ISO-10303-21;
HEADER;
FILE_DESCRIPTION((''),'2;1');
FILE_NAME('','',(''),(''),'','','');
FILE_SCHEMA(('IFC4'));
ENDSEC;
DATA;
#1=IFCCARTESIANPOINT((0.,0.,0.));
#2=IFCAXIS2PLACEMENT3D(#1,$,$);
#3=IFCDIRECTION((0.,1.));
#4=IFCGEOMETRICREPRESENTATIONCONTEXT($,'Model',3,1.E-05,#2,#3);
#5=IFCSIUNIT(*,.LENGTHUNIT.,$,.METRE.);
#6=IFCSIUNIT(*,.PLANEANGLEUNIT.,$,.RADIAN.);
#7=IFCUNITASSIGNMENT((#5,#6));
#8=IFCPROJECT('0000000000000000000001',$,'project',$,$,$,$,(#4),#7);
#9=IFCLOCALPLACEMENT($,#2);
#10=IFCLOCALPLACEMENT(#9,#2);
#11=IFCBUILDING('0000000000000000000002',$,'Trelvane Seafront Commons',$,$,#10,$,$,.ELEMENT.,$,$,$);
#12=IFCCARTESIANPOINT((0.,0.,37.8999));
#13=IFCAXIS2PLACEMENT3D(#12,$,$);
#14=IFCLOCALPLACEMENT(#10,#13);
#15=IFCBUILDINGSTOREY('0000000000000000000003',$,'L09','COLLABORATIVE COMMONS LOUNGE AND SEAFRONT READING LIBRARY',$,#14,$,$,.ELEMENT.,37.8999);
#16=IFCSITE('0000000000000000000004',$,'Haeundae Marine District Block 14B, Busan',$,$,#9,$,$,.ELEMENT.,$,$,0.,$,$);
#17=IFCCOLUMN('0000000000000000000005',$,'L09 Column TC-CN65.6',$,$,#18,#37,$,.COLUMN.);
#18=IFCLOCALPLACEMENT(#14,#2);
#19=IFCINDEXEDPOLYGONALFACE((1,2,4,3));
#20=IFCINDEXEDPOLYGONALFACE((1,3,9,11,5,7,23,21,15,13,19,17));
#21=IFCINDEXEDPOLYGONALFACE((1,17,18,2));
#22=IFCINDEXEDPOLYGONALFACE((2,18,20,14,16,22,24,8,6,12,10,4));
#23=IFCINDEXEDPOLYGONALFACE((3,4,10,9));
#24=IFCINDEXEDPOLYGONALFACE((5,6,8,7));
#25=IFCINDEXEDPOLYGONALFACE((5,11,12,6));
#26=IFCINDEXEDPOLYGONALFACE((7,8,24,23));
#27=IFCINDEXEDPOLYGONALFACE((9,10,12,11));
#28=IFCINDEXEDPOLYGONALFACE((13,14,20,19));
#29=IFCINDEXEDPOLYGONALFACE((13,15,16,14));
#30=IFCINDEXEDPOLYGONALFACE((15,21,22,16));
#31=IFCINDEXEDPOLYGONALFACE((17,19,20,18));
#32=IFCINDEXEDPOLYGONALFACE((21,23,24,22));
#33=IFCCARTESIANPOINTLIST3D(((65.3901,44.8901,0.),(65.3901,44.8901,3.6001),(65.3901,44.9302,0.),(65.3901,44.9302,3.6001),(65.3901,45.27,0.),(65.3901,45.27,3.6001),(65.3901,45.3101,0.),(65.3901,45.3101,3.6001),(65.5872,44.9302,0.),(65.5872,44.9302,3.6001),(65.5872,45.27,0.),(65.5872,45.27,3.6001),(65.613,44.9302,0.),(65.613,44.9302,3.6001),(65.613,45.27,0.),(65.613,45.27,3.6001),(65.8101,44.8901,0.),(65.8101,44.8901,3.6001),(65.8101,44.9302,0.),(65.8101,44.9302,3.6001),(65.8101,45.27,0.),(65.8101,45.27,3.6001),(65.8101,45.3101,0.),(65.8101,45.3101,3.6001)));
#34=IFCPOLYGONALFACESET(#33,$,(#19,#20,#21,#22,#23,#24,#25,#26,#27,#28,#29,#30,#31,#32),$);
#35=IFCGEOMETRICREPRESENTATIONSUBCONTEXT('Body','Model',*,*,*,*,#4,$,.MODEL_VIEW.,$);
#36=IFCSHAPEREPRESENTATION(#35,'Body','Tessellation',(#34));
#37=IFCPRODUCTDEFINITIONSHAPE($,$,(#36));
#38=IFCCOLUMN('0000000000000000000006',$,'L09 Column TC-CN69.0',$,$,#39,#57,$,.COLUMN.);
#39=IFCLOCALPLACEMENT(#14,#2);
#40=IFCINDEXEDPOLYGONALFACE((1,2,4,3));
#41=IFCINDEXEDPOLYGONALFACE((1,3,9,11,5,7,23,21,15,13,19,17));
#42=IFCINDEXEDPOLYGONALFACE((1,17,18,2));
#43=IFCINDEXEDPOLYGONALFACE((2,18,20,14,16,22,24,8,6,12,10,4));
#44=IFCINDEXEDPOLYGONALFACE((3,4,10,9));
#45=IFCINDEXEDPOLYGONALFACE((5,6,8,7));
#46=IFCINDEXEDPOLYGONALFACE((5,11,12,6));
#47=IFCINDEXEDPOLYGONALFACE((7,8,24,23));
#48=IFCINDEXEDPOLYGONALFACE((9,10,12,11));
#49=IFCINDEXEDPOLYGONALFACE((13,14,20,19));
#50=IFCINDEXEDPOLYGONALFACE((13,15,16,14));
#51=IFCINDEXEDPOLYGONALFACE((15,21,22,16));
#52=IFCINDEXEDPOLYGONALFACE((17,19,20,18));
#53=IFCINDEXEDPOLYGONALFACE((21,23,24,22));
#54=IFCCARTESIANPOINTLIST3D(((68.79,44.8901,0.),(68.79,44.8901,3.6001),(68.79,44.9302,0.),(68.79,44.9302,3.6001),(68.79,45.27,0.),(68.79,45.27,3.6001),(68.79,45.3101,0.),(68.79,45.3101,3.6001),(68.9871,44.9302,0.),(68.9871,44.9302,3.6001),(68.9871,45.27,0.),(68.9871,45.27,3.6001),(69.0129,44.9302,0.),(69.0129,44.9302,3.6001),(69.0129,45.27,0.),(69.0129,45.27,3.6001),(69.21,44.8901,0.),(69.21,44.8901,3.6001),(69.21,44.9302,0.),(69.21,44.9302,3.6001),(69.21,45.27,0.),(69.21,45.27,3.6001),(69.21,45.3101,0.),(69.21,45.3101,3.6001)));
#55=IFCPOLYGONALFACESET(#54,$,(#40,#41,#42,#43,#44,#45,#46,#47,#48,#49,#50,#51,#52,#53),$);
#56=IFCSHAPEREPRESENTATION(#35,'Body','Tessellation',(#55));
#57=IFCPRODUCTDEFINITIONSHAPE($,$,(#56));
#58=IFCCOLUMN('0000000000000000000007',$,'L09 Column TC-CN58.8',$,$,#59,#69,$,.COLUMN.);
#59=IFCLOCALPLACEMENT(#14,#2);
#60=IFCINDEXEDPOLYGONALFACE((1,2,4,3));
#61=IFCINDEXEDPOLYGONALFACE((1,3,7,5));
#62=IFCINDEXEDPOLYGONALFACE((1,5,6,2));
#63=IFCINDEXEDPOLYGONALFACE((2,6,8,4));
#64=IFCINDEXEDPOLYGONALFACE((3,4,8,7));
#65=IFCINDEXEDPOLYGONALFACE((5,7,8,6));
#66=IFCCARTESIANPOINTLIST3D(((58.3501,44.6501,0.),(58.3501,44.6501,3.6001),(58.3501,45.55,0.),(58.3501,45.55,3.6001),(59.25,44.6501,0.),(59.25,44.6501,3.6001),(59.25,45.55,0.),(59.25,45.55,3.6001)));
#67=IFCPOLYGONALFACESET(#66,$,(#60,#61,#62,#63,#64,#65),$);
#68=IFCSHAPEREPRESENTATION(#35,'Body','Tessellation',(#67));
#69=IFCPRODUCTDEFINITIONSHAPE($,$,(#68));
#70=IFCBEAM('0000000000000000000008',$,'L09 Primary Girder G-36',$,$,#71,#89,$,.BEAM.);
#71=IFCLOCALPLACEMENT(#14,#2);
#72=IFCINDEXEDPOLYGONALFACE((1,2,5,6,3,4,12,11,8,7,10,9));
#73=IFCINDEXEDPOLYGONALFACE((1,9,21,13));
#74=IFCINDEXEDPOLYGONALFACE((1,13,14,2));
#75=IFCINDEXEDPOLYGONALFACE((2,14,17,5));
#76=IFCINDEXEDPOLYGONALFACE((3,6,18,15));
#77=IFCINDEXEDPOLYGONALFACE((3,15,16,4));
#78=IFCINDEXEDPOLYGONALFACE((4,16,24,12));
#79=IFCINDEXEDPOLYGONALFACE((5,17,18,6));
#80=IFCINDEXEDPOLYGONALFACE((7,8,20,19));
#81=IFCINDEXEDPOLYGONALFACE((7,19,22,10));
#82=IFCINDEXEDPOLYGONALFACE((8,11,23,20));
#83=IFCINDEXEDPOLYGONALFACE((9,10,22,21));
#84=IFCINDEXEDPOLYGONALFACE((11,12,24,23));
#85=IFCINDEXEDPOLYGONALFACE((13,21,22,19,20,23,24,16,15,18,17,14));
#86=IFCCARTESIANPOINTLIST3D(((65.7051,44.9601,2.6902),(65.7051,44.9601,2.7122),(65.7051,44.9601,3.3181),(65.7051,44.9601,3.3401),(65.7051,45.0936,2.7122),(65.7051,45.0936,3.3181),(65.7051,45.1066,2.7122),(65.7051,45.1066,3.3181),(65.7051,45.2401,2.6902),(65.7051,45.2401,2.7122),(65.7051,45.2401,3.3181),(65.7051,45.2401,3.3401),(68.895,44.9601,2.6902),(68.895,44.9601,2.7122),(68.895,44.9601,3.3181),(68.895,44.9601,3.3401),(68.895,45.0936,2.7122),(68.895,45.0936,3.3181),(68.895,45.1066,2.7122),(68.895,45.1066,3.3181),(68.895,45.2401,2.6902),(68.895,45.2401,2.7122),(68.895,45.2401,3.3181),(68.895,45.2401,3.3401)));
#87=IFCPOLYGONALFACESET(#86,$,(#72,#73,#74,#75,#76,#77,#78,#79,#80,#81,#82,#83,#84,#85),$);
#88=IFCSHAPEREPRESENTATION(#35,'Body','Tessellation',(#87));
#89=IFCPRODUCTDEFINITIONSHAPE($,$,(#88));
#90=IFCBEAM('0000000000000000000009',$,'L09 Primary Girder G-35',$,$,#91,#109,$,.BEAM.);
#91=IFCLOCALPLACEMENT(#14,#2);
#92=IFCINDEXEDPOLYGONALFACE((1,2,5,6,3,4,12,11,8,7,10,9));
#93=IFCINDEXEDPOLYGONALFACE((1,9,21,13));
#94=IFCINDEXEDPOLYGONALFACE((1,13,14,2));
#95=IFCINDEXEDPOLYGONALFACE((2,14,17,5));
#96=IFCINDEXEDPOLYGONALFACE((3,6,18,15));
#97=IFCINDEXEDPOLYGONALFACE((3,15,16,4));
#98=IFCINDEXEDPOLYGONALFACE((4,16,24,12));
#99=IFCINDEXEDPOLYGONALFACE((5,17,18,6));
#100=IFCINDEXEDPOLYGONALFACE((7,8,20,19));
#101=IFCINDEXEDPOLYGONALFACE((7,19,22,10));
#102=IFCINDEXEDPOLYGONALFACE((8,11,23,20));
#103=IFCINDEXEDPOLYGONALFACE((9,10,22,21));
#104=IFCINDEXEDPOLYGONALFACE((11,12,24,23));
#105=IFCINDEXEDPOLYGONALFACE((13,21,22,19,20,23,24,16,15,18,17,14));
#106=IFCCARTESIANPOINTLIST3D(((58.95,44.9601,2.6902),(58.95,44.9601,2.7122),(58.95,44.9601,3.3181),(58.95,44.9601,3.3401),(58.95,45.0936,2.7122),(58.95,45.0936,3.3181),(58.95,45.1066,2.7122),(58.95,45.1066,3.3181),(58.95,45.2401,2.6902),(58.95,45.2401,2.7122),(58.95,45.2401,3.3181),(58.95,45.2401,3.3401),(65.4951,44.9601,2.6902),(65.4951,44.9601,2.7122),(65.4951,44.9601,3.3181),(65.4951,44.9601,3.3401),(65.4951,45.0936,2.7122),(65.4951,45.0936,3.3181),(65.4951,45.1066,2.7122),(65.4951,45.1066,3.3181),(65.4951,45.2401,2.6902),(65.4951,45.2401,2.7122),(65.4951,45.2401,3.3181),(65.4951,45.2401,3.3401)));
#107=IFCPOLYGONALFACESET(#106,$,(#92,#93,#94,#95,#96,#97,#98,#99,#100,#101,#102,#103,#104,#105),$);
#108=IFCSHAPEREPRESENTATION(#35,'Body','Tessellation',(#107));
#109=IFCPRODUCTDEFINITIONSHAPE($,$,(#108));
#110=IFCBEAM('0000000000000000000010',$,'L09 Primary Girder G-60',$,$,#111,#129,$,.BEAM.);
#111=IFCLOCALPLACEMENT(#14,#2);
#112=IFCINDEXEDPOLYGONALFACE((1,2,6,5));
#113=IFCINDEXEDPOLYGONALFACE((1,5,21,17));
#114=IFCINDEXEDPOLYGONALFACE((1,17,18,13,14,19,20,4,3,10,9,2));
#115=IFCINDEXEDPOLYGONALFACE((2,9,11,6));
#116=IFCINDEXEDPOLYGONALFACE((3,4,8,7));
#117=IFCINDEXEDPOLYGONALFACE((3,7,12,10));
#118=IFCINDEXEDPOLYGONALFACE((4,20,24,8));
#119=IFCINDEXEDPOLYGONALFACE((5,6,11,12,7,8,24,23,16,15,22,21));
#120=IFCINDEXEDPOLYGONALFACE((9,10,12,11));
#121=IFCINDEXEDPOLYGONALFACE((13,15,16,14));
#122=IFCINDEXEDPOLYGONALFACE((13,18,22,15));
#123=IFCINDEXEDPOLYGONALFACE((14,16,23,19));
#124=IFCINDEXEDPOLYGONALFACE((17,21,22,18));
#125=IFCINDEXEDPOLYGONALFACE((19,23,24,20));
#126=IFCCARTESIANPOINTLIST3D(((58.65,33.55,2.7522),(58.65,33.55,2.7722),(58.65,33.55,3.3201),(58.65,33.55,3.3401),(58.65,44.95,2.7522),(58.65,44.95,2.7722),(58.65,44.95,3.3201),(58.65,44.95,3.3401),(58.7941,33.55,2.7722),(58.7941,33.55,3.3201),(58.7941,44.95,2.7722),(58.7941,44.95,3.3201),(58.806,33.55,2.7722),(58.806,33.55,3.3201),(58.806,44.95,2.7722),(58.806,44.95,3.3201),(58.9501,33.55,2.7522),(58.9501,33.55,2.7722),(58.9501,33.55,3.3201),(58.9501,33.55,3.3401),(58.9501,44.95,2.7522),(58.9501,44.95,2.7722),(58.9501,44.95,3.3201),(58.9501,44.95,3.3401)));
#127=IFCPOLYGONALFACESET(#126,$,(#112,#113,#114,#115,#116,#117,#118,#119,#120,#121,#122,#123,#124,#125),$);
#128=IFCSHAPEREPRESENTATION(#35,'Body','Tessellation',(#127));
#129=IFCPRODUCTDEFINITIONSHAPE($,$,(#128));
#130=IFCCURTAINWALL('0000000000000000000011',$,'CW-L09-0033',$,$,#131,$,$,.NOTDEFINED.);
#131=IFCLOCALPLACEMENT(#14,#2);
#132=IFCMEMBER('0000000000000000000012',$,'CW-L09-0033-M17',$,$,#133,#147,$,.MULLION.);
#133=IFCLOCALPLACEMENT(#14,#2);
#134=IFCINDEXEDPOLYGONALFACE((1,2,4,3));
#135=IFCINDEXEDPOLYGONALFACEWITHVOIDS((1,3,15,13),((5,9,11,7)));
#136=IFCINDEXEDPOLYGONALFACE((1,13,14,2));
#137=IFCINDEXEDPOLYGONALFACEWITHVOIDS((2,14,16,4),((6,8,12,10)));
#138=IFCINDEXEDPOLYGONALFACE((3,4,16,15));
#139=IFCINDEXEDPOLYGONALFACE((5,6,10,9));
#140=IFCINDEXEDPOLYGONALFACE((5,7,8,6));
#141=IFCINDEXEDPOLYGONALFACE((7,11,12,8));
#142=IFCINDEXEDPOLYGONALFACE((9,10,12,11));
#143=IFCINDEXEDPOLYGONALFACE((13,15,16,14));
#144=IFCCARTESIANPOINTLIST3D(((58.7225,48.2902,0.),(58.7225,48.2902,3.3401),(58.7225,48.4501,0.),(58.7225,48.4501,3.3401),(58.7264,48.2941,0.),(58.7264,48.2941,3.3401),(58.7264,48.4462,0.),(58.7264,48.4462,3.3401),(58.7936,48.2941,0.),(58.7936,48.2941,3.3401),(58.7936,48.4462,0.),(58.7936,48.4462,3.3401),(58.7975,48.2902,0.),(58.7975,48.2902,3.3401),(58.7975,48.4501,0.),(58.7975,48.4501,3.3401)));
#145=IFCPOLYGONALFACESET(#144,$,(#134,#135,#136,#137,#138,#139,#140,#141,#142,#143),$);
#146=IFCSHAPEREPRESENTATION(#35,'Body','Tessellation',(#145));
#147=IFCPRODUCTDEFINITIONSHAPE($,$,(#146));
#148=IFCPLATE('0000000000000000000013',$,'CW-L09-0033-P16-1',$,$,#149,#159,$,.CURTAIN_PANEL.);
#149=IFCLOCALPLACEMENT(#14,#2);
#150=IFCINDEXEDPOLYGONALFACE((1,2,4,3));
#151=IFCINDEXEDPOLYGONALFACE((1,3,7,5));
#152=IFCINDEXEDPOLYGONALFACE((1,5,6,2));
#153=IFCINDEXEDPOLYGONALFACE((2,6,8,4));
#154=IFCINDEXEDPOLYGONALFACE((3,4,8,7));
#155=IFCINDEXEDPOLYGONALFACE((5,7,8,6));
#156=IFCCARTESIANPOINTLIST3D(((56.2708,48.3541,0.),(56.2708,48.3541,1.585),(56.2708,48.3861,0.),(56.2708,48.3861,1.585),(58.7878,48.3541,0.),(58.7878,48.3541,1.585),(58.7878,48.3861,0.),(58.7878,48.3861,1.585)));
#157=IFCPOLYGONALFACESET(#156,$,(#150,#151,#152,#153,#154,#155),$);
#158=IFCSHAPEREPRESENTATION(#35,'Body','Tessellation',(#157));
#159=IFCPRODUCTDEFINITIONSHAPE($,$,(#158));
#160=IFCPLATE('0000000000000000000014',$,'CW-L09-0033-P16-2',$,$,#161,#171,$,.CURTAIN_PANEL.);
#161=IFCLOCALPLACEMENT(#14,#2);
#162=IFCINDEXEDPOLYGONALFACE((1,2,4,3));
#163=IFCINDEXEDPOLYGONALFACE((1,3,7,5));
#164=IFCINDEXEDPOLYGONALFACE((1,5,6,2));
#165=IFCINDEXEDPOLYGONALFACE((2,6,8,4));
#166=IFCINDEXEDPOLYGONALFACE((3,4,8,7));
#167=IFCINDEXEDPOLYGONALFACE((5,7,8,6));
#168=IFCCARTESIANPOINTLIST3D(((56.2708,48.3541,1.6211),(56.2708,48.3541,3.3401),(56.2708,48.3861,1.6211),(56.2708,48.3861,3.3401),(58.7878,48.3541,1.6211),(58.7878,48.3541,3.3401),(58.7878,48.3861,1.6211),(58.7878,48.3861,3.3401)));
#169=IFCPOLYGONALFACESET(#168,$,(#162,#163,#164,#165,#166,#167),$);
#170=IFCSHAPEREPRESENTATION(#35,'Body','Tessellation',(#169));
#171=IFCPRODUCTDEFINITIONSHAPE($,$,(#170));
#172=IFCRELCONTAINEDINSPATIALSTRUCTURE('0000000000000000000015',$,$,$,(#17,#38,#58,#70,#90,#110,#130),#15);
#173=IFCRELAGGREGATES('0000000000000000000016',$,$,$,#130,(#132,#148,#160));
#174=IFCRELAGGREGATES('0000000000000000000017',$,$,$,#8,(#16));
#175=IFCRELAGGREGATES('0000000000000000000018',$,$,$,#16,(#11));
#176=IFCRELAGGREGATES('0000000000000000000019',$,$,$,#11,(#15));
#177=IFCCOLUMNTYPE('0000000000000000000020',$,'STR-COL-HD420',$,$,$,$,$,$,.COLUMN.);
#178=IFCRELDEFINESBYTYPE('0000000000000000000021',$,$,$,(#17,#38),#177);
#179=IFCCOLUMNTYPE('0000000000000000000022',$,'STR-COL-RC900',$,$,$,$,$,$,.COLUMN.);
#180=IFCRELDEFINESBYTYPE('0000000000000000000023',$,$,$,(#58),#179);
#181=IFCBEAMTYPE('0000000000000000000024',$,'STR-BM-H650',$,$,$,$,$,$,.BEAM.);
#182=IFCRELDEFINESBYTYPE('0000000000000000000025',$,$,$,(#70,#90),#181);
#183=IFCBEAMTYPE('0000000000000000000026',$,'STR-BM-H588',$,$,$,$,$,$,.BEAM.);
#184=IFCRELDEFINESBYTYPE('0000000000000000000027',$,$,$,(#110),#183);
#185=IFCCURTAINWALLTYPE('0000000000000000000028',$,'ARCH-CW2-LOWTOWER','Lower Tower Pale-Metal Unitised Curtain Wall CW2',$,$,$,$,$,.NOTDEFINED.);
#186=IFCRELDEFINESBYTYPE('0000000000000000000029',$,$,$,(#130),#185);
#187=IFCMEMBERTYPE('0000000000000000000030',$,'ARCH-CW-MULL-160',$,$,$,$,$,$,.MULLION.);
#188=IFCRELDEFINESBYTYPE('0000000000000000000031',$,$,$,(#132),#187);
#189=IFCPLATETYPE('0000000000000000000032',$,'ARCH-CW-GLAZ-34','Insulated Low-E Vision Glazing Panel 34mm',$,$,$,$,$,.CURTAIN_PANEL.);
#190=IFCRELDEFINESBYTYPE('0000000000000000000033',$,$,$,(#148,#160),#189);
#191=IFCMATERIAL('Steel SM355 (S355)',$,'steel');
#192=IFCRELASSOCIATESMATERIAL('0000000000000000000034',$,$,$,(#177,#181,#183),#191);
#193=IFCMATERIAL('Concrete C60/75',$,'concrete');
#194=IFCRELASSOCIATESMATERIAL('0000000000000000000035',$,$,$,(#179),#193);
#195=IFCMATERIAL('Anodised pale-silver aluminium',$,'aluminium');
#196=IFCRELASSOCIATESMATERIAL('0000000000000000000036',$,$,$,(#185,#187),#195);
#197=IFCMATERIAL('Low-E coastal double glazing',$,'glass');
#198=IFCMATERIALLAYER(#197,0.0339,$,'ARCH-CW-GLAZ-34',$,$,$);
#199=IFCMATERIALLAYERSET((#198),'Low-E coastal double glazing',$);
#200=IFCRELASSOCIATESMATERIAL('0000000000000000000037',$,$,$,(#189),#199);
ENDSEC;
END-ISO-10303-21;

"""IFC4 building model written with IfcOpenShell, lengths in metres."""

from ifc_helpers import new_model, si_unit, direction, frame, origin, origin_2d, place, context, subcontext, project, spatial, rectangle, hollow_rectangle, i_section, extrude, source, transform, mapped, material, layer, layer_set, material_profile, profile_set, type_object, element, aggregate, save


model = new_model("IFC4")

# Units and contexts
model_context = context("Model", 3, precision=1e-05, world=origin(), true_north=direction((0.0, 1.0)))
body_context = subcontext(model_context, "Body", "Model", "MODEL_VIEW")
ifc_project = project(units=[si_unit("LENGTHUNIT", "METRE"), si_unit("PLANEANGLEUNIT", "RADIAN")], contexts=[model_context])

# Site, building, storey
site_placement = place(None, origin())
site = spatial("IfcSite", under=ifc_project, at=site_placement, Name="Haeundae Marine District Block 14B, Busan", CompositionType="ELEMENT", RefElevation=0.0)
building_placement = place(site_placement, origin())
building = spatial("IfcBuilding", under=site, at=building_placement, Name="Trelvane Seafront Commons", CompositionType="ELEMENT")
storey_placement = place(building_placement, frame((0.0, 0.0, 37.8999)))
storey = spatial("IfcBuildingStorey", under=building, at=storey_placement, Name="L09", Description="COLLABORATIVE COMMONS LOUNGE AND SEAFRONT READING LIBRARY", CompositionType="ELEMENT", Elevation=37.8999)

# Columns
ifc_material_1 = material(Name="Steel SM355 (S355)", Category="steel")
ifc_material_profile_1 = material_profile(ifc_material_1, i_section(OverallWidth=0.4199, OverallDepth=0.4199, WebThickness=0.0259, FlangeThickness=0.04, at=origin_2d()), Name="HD-420x420x26x40")
ifc_profile_set_1 = profile_set([ifc_material_profile_1], Name="Steel SM355 (S355)")
column_type_1 = type_object("IfcColumnType", Name="STR-COL-HD420", PredefinedType="COLUMN", material=ifc_profile_set_1)
shared_shape_1 = source(origin(), body_context, "Body", "SweptSolid", [
    extrude(i_section(OverallWidth=0.4199, OverallDepth=0.4199, WebThickness=0.0259, FlangeThickness=0.04, at=origin_2d()), origin(), (0.0, 0.0, 1.0), 3.6001),
])
for number, where, z_axis, x_axis, name in (
    (1, (65.6001, 45.1001, 0.0), (0.0, 0.0, 1.0), (1.0, 0.0, 0.0), "L09 Column TC-CN65.6"),
    (2, (69.0, 45.1001, 0.0), (0.0, 0.0, 1.0), (1.0, 0.0, 0.0), "L09 Column TC-CN69.0"),
):
    element("IfcColumn", number, at=place(storey_placement, frame(where, z_axis=z_axis, x_axis=x_axis)), inside=storey, type_object=column_type_1, Name=name, PredefinedType="COLUMN", context=body_context, shape_type="MappedRepresentation", body=[
        mapped(shared_shape_1, transform((0.0, 0.0, 0.0), x_axis=(1.0, 0.0, 0.0), y_axis=(0.0, 1.0, 0.0), z_axis=(0.0, 0.0, 1.0), scale=1.0)),
    ])
ifc_material_2 = material(Name="Concrete C60/75", Category="concrete")
ifc_material_profile_2 = material_profile(ifc_material_2, rectangle(XDim=0.8999, YDim=0.8999, at=origin_2d()), Name="RC-900x900")
ifc_profile_set_2 = profile_set([ifc_material_profile_2], Name="Concrete C60/75")
column_type_2 = type_object("IfcColumnType", Name="STR-COL-RC900", PredefinedType="COLUMN", material=ifc_profile_set_2)
shared_shape_2 = source(origin(), body_context, "Body", "SweptSolid", [
    extrude(rectangle(XDim=0.8999, YDim=0.8999, at=origin_2d()), origin(), (0.0, 0.0, 1.0), 3.6001),
])
column_placement = place(storey_placement, frame((58.8, 45.1001, 0.0), z_axis=(0.0, 0.0, 1.0), x_axis=(1.0, 0.0, 0.0)))
element("IfcColumn", 3, at=column_placement, inside=storey, type_object=column_type_2, Name="L09 Column TC-CN58.8", PredefinedType="COLUMN", context=body_context, shape_type="MappedRepresentation", body=[
    mapped(shared_shape_2, transform((0.0, 0.0, 0.0), x_axis=(1.0, 0.0, 0.0), y_axis=(0.0, 1.0, 0.0), z_axis=(0.0, 0.0, 1.0), scale=1.0)),
])

# Beams
ifc_material_profile_3 = material_profile(ifc_material_1, i_section(OverallWidth=0.28, OverallDepth=0.6499, WebThickness=0.0129, FlangeThickness=0.022, at=origin_2d()), Name="H-650x280x13x22")
ifc_profile_set_3 = profile_set([ifc_material_profile_3], Name="Steel SM355 (S355)")
beam_type_1 = type_object("IfcBeamType", Name="STR-BM-H650", PredefinedType="BEAM", material=ifc_profile_set_3)
shared_shape_3 = source(origin(), body_context, "Body", "SweptSolid", [
    extrude(i_section(OverallWidth=0.28, OverallDepth=0.6499, WebThickness=0.0129, FlangeThickness=0.022, at=origin_2d()), origin(), (0.0, 0.0, 1.0), 3.1899),
])
beam_1_placement = place(storey_placement, frame((65.7051, 45.1001, 3.0151), z_axis=(1.0, 0.0, 0.0), x_axis=(0.0, 1.0, 0.0)))
element("IfcBeam", 4, at=beam_1_placement, inside=storey, type_object=beam_type_1, Name="L09 Primary Girder G-36", PredefinedType="BEAM", context=body_context, shape_type="MappedRepresentation", body=[
    mapped(shared_shape_3, transform((0.0, 0.0, 0.0), x_axis=(1.0, 0.0, 0.0), y_axis=(0.0, 1.0, 0.0), z_axis=(0.0, 0.0, 1.0), scale=1.0)),
])
shared_shape_4 = source(origin(), body_context, "Body", "SweptSolid", [
    extrude(i_section(OverallWidth=0.28, OverallDepth=0.6499, WebThickness=0.0129, FlangeThickness=0.022, at=origin_2d()), origin(), (0.0, 0.0, 1.0), 6.5452),
])
beam_2_placement = place(storey_placement, frame((58.95, 45.1001, 3.0151), z_axis=(1.0, 0.0, 0.0), x_axis=(0.0, 1.0, 0.0)))
element("IfcBeam", 5, at=beam_2_placement, inside=storey, type_object=beam_type_1, Name="L09 Primary Girder G-35", PredefinedType="BEAM", context=body_context, shape_type="MappedRepresentation", body=[
    mapped(shared_shape_4, transform((0.0, 0.0, 0.0), x_axis=(1.0, 0.0, 0.0), y_axis=(0.0, 1.0, 0.0), z_axis=(0.0, 0.0, 1.0), scale=1.0)),
])
ifc_material_profile_4 = material_profile(ifc_material_1, i_section(OverallWidth=0.3, OverallDepth=0.5879, WebThickness=0.012, FlangeThickness=0.02, at=origin_2d()), Name="H-588x300x12x20")
ifc_profile_set_4 = profile_set([ifc_material_profile_4], Name="Steel SM355 (S355)")
beam_type_2 = type_object("IfcBeamType", Name="STR-BM-H588", PredefinedType="BEAM", material=ifc_profile_set_4)
shared_shape_5 = source(origin(), body_context, "Body", "SweptSolid", [
    extrude(i_section(OverallWidth=0.3, OverallDepth=0.5879, WebThickness=0.012, FlangeThickness=0.02, at=origin_2d()), origin(), (0.0, 0.0, 1.0), 11.3999),
])
beam_3_placement = place(storey_placement, frame((58.8, 33.55, 3.0461), z_axis=(0.0, 1.0, 0.0), x_axis=(-1.0, 0.0, 0.0)))
element("IfcBeam", 6, at=beam_3_placement, inside=storey, type_object=beam_type_2, Name="L09 Primary Girder G-60", PredefinedType="BEAM", context=body_context, shape_type="MappedRepresentation", body=[
    mapped(shared_shape_5, transform((0.0, 0.0, 0.0), x_axis=(1.0, 0.0, 0.0), y_axis=(0.0, 1.0, 0.0), z_axis=(0.0, 0.0, 1.0), scale=1.0)),
])

# Curtain wall, member, plates
ifc_material_3 = material(Name="Anodised pale-silver aluminium", Category="aluminium")
curtain_wall_type = type_object("IfcCurtainWallType", Name="ARCH-CW2-LOWTOWER", Description="Lower Tower Pale-Metal Unitised Curtain Wall CW2", PredefinedType="NOTDEFINED", material=ifc_material_3)
curtain_wall_placement = place(storey_placement, origin())
curtain_wall = element("IfcCurtainWall", 7, at=curtain_wall_placement, inside=storey, type_object=curtain_wall_type, Name="CW-L09-0033", PredefinedType="NOTDEFINED")
ifc_material_profile_5 = material_profile(ifc_material_3, hollow_rectangle(XDim=0.075, YDim=0.1599, WallThickness=0.0039, at=origin_2d()), Name="MULL-75x160x4")
ifc_profile_set_5 = profile_set([ifc_material_profile_5], Name="Anodised pale-silver aluminium")
member_type = type_object("IfcMemberType", Name="ARCH-CW-MULL-160", PredefinedType="MULLION", material=ifc_profile_set_5)
shared_shape_6 = source(origin(), body_context, "Body", "SweptSolid", [
    extrude(hollow_rectangle(XDim=0.075, YDim=0.1599, WallThickness=0.0039, at=origin_2d()), origin(), (0.0, 0.0, 1.0), 3.3401),
])
member_placement = place(storey_placement, frame((58.76, 48.3701, 0.0), z_axis=(0.0, 0.0, 1.0), x_axis=(1.0, 0.0, 0.0)))
member = element("IfcMember", 8, at=member_placement, type_object=member_type, Name="CW-L09-0033-M17", PredefinedType="MULLION", context=body_context, shape_type="MappedRepresentation", body=[
    mapped(shared_shape_6, transform((0.0, 0.0, 0.0), x_axis=(1.0, 0.0, 0.0), y_axis=(0.0, 1.0, 0.0), z_axis=(0.0, 0.0, 1.0), scale=1.0)),
])
ifc_material_4 = material(Name="Low-E coastal double glazing", Category="glass")
ifc_layer_1 = layer(ifc_material_4, 0.0339, Name="ARCH-CW-GLAZ-34")
ifc_layer_set_1 = layer_set([ifc_layer_1], Name="Low-E coastal double glazing")
plate_type_1 = type_object("IfcPlateType", Name="ARCH-CW-GLAZ-34", Description="Insulated Low-E Vision Glazing Panel 34mm", PredefinedType="CURTAIN_PANEL", material=ifc_layer_set_1)
shared_shape_7 = source(origin(), body_context, "Body", "SweptSolid", [
    extrude(rectangle(XDim=2.5171, YDim=0.032, at=origin_2d()), origin(), (0.0, 0.0, 1.0), 1.585),
])
plate_1_placement = place(storey_placement, frame((57.5293, 48.3701, 0.0), z_axis=(0.0, 0.0, 1.0), x_axis=(1.0, 0.0, 0.0)))
plate_1 = element("IfcPlate", 9, at=plate_1_placement, type_object=plate_type_1, Name="CW-L09-0033-P16-1", PredefinedType="CURTAIN_PANEL", context=body_context, shape_type="MappedRepresentation", body=[
    mapped(shared_shape_7, transform((0.0, 0.0, 0.0), x_axis=(1.0, 0.0, 0.0), y_axis=(0.0, 1.0, 0.0), z_axis=(0.0, 0.0, 1.0), scale=1.0)),
])
shared_shape_8 = source(origin(), body_context, "Body", "SweptSolid", [
    extrude(rectangle(XDim=2.5171, YDim=0.032, at=origin_2d()), origin(), (0.0, 0.0, 1.0), 1.719),
])
plate_2_placement = place(storey_placement, frame((57.5293, 48.3701, 1.6211), z_axis=(0.0, 0.0, 1.0), x_axis=(1.0, 0.0, 0.0)))
plate_2 = element("IfcPlate", 10, at=plate_2_placement, type_object=plate_type_1, Name="CW-L09-0033-P16-2", PredefinedType="CURTAIN_PANEL", context=body_context, shape_type="MappedRepresentation", body=[
    mapped(shared_shape_8, transform((0.0, 0.0, 0.0), x_axis=(1.0, 0.0, 0.0), y_axis=(0.0, 1.0, 0.0), z_axis=(0.0, 0.0, 1.0), scale=1.0)),
])
aggregate(curtain_wall, [member, plate_1, plate_2])

save(model, "model.ifc")
